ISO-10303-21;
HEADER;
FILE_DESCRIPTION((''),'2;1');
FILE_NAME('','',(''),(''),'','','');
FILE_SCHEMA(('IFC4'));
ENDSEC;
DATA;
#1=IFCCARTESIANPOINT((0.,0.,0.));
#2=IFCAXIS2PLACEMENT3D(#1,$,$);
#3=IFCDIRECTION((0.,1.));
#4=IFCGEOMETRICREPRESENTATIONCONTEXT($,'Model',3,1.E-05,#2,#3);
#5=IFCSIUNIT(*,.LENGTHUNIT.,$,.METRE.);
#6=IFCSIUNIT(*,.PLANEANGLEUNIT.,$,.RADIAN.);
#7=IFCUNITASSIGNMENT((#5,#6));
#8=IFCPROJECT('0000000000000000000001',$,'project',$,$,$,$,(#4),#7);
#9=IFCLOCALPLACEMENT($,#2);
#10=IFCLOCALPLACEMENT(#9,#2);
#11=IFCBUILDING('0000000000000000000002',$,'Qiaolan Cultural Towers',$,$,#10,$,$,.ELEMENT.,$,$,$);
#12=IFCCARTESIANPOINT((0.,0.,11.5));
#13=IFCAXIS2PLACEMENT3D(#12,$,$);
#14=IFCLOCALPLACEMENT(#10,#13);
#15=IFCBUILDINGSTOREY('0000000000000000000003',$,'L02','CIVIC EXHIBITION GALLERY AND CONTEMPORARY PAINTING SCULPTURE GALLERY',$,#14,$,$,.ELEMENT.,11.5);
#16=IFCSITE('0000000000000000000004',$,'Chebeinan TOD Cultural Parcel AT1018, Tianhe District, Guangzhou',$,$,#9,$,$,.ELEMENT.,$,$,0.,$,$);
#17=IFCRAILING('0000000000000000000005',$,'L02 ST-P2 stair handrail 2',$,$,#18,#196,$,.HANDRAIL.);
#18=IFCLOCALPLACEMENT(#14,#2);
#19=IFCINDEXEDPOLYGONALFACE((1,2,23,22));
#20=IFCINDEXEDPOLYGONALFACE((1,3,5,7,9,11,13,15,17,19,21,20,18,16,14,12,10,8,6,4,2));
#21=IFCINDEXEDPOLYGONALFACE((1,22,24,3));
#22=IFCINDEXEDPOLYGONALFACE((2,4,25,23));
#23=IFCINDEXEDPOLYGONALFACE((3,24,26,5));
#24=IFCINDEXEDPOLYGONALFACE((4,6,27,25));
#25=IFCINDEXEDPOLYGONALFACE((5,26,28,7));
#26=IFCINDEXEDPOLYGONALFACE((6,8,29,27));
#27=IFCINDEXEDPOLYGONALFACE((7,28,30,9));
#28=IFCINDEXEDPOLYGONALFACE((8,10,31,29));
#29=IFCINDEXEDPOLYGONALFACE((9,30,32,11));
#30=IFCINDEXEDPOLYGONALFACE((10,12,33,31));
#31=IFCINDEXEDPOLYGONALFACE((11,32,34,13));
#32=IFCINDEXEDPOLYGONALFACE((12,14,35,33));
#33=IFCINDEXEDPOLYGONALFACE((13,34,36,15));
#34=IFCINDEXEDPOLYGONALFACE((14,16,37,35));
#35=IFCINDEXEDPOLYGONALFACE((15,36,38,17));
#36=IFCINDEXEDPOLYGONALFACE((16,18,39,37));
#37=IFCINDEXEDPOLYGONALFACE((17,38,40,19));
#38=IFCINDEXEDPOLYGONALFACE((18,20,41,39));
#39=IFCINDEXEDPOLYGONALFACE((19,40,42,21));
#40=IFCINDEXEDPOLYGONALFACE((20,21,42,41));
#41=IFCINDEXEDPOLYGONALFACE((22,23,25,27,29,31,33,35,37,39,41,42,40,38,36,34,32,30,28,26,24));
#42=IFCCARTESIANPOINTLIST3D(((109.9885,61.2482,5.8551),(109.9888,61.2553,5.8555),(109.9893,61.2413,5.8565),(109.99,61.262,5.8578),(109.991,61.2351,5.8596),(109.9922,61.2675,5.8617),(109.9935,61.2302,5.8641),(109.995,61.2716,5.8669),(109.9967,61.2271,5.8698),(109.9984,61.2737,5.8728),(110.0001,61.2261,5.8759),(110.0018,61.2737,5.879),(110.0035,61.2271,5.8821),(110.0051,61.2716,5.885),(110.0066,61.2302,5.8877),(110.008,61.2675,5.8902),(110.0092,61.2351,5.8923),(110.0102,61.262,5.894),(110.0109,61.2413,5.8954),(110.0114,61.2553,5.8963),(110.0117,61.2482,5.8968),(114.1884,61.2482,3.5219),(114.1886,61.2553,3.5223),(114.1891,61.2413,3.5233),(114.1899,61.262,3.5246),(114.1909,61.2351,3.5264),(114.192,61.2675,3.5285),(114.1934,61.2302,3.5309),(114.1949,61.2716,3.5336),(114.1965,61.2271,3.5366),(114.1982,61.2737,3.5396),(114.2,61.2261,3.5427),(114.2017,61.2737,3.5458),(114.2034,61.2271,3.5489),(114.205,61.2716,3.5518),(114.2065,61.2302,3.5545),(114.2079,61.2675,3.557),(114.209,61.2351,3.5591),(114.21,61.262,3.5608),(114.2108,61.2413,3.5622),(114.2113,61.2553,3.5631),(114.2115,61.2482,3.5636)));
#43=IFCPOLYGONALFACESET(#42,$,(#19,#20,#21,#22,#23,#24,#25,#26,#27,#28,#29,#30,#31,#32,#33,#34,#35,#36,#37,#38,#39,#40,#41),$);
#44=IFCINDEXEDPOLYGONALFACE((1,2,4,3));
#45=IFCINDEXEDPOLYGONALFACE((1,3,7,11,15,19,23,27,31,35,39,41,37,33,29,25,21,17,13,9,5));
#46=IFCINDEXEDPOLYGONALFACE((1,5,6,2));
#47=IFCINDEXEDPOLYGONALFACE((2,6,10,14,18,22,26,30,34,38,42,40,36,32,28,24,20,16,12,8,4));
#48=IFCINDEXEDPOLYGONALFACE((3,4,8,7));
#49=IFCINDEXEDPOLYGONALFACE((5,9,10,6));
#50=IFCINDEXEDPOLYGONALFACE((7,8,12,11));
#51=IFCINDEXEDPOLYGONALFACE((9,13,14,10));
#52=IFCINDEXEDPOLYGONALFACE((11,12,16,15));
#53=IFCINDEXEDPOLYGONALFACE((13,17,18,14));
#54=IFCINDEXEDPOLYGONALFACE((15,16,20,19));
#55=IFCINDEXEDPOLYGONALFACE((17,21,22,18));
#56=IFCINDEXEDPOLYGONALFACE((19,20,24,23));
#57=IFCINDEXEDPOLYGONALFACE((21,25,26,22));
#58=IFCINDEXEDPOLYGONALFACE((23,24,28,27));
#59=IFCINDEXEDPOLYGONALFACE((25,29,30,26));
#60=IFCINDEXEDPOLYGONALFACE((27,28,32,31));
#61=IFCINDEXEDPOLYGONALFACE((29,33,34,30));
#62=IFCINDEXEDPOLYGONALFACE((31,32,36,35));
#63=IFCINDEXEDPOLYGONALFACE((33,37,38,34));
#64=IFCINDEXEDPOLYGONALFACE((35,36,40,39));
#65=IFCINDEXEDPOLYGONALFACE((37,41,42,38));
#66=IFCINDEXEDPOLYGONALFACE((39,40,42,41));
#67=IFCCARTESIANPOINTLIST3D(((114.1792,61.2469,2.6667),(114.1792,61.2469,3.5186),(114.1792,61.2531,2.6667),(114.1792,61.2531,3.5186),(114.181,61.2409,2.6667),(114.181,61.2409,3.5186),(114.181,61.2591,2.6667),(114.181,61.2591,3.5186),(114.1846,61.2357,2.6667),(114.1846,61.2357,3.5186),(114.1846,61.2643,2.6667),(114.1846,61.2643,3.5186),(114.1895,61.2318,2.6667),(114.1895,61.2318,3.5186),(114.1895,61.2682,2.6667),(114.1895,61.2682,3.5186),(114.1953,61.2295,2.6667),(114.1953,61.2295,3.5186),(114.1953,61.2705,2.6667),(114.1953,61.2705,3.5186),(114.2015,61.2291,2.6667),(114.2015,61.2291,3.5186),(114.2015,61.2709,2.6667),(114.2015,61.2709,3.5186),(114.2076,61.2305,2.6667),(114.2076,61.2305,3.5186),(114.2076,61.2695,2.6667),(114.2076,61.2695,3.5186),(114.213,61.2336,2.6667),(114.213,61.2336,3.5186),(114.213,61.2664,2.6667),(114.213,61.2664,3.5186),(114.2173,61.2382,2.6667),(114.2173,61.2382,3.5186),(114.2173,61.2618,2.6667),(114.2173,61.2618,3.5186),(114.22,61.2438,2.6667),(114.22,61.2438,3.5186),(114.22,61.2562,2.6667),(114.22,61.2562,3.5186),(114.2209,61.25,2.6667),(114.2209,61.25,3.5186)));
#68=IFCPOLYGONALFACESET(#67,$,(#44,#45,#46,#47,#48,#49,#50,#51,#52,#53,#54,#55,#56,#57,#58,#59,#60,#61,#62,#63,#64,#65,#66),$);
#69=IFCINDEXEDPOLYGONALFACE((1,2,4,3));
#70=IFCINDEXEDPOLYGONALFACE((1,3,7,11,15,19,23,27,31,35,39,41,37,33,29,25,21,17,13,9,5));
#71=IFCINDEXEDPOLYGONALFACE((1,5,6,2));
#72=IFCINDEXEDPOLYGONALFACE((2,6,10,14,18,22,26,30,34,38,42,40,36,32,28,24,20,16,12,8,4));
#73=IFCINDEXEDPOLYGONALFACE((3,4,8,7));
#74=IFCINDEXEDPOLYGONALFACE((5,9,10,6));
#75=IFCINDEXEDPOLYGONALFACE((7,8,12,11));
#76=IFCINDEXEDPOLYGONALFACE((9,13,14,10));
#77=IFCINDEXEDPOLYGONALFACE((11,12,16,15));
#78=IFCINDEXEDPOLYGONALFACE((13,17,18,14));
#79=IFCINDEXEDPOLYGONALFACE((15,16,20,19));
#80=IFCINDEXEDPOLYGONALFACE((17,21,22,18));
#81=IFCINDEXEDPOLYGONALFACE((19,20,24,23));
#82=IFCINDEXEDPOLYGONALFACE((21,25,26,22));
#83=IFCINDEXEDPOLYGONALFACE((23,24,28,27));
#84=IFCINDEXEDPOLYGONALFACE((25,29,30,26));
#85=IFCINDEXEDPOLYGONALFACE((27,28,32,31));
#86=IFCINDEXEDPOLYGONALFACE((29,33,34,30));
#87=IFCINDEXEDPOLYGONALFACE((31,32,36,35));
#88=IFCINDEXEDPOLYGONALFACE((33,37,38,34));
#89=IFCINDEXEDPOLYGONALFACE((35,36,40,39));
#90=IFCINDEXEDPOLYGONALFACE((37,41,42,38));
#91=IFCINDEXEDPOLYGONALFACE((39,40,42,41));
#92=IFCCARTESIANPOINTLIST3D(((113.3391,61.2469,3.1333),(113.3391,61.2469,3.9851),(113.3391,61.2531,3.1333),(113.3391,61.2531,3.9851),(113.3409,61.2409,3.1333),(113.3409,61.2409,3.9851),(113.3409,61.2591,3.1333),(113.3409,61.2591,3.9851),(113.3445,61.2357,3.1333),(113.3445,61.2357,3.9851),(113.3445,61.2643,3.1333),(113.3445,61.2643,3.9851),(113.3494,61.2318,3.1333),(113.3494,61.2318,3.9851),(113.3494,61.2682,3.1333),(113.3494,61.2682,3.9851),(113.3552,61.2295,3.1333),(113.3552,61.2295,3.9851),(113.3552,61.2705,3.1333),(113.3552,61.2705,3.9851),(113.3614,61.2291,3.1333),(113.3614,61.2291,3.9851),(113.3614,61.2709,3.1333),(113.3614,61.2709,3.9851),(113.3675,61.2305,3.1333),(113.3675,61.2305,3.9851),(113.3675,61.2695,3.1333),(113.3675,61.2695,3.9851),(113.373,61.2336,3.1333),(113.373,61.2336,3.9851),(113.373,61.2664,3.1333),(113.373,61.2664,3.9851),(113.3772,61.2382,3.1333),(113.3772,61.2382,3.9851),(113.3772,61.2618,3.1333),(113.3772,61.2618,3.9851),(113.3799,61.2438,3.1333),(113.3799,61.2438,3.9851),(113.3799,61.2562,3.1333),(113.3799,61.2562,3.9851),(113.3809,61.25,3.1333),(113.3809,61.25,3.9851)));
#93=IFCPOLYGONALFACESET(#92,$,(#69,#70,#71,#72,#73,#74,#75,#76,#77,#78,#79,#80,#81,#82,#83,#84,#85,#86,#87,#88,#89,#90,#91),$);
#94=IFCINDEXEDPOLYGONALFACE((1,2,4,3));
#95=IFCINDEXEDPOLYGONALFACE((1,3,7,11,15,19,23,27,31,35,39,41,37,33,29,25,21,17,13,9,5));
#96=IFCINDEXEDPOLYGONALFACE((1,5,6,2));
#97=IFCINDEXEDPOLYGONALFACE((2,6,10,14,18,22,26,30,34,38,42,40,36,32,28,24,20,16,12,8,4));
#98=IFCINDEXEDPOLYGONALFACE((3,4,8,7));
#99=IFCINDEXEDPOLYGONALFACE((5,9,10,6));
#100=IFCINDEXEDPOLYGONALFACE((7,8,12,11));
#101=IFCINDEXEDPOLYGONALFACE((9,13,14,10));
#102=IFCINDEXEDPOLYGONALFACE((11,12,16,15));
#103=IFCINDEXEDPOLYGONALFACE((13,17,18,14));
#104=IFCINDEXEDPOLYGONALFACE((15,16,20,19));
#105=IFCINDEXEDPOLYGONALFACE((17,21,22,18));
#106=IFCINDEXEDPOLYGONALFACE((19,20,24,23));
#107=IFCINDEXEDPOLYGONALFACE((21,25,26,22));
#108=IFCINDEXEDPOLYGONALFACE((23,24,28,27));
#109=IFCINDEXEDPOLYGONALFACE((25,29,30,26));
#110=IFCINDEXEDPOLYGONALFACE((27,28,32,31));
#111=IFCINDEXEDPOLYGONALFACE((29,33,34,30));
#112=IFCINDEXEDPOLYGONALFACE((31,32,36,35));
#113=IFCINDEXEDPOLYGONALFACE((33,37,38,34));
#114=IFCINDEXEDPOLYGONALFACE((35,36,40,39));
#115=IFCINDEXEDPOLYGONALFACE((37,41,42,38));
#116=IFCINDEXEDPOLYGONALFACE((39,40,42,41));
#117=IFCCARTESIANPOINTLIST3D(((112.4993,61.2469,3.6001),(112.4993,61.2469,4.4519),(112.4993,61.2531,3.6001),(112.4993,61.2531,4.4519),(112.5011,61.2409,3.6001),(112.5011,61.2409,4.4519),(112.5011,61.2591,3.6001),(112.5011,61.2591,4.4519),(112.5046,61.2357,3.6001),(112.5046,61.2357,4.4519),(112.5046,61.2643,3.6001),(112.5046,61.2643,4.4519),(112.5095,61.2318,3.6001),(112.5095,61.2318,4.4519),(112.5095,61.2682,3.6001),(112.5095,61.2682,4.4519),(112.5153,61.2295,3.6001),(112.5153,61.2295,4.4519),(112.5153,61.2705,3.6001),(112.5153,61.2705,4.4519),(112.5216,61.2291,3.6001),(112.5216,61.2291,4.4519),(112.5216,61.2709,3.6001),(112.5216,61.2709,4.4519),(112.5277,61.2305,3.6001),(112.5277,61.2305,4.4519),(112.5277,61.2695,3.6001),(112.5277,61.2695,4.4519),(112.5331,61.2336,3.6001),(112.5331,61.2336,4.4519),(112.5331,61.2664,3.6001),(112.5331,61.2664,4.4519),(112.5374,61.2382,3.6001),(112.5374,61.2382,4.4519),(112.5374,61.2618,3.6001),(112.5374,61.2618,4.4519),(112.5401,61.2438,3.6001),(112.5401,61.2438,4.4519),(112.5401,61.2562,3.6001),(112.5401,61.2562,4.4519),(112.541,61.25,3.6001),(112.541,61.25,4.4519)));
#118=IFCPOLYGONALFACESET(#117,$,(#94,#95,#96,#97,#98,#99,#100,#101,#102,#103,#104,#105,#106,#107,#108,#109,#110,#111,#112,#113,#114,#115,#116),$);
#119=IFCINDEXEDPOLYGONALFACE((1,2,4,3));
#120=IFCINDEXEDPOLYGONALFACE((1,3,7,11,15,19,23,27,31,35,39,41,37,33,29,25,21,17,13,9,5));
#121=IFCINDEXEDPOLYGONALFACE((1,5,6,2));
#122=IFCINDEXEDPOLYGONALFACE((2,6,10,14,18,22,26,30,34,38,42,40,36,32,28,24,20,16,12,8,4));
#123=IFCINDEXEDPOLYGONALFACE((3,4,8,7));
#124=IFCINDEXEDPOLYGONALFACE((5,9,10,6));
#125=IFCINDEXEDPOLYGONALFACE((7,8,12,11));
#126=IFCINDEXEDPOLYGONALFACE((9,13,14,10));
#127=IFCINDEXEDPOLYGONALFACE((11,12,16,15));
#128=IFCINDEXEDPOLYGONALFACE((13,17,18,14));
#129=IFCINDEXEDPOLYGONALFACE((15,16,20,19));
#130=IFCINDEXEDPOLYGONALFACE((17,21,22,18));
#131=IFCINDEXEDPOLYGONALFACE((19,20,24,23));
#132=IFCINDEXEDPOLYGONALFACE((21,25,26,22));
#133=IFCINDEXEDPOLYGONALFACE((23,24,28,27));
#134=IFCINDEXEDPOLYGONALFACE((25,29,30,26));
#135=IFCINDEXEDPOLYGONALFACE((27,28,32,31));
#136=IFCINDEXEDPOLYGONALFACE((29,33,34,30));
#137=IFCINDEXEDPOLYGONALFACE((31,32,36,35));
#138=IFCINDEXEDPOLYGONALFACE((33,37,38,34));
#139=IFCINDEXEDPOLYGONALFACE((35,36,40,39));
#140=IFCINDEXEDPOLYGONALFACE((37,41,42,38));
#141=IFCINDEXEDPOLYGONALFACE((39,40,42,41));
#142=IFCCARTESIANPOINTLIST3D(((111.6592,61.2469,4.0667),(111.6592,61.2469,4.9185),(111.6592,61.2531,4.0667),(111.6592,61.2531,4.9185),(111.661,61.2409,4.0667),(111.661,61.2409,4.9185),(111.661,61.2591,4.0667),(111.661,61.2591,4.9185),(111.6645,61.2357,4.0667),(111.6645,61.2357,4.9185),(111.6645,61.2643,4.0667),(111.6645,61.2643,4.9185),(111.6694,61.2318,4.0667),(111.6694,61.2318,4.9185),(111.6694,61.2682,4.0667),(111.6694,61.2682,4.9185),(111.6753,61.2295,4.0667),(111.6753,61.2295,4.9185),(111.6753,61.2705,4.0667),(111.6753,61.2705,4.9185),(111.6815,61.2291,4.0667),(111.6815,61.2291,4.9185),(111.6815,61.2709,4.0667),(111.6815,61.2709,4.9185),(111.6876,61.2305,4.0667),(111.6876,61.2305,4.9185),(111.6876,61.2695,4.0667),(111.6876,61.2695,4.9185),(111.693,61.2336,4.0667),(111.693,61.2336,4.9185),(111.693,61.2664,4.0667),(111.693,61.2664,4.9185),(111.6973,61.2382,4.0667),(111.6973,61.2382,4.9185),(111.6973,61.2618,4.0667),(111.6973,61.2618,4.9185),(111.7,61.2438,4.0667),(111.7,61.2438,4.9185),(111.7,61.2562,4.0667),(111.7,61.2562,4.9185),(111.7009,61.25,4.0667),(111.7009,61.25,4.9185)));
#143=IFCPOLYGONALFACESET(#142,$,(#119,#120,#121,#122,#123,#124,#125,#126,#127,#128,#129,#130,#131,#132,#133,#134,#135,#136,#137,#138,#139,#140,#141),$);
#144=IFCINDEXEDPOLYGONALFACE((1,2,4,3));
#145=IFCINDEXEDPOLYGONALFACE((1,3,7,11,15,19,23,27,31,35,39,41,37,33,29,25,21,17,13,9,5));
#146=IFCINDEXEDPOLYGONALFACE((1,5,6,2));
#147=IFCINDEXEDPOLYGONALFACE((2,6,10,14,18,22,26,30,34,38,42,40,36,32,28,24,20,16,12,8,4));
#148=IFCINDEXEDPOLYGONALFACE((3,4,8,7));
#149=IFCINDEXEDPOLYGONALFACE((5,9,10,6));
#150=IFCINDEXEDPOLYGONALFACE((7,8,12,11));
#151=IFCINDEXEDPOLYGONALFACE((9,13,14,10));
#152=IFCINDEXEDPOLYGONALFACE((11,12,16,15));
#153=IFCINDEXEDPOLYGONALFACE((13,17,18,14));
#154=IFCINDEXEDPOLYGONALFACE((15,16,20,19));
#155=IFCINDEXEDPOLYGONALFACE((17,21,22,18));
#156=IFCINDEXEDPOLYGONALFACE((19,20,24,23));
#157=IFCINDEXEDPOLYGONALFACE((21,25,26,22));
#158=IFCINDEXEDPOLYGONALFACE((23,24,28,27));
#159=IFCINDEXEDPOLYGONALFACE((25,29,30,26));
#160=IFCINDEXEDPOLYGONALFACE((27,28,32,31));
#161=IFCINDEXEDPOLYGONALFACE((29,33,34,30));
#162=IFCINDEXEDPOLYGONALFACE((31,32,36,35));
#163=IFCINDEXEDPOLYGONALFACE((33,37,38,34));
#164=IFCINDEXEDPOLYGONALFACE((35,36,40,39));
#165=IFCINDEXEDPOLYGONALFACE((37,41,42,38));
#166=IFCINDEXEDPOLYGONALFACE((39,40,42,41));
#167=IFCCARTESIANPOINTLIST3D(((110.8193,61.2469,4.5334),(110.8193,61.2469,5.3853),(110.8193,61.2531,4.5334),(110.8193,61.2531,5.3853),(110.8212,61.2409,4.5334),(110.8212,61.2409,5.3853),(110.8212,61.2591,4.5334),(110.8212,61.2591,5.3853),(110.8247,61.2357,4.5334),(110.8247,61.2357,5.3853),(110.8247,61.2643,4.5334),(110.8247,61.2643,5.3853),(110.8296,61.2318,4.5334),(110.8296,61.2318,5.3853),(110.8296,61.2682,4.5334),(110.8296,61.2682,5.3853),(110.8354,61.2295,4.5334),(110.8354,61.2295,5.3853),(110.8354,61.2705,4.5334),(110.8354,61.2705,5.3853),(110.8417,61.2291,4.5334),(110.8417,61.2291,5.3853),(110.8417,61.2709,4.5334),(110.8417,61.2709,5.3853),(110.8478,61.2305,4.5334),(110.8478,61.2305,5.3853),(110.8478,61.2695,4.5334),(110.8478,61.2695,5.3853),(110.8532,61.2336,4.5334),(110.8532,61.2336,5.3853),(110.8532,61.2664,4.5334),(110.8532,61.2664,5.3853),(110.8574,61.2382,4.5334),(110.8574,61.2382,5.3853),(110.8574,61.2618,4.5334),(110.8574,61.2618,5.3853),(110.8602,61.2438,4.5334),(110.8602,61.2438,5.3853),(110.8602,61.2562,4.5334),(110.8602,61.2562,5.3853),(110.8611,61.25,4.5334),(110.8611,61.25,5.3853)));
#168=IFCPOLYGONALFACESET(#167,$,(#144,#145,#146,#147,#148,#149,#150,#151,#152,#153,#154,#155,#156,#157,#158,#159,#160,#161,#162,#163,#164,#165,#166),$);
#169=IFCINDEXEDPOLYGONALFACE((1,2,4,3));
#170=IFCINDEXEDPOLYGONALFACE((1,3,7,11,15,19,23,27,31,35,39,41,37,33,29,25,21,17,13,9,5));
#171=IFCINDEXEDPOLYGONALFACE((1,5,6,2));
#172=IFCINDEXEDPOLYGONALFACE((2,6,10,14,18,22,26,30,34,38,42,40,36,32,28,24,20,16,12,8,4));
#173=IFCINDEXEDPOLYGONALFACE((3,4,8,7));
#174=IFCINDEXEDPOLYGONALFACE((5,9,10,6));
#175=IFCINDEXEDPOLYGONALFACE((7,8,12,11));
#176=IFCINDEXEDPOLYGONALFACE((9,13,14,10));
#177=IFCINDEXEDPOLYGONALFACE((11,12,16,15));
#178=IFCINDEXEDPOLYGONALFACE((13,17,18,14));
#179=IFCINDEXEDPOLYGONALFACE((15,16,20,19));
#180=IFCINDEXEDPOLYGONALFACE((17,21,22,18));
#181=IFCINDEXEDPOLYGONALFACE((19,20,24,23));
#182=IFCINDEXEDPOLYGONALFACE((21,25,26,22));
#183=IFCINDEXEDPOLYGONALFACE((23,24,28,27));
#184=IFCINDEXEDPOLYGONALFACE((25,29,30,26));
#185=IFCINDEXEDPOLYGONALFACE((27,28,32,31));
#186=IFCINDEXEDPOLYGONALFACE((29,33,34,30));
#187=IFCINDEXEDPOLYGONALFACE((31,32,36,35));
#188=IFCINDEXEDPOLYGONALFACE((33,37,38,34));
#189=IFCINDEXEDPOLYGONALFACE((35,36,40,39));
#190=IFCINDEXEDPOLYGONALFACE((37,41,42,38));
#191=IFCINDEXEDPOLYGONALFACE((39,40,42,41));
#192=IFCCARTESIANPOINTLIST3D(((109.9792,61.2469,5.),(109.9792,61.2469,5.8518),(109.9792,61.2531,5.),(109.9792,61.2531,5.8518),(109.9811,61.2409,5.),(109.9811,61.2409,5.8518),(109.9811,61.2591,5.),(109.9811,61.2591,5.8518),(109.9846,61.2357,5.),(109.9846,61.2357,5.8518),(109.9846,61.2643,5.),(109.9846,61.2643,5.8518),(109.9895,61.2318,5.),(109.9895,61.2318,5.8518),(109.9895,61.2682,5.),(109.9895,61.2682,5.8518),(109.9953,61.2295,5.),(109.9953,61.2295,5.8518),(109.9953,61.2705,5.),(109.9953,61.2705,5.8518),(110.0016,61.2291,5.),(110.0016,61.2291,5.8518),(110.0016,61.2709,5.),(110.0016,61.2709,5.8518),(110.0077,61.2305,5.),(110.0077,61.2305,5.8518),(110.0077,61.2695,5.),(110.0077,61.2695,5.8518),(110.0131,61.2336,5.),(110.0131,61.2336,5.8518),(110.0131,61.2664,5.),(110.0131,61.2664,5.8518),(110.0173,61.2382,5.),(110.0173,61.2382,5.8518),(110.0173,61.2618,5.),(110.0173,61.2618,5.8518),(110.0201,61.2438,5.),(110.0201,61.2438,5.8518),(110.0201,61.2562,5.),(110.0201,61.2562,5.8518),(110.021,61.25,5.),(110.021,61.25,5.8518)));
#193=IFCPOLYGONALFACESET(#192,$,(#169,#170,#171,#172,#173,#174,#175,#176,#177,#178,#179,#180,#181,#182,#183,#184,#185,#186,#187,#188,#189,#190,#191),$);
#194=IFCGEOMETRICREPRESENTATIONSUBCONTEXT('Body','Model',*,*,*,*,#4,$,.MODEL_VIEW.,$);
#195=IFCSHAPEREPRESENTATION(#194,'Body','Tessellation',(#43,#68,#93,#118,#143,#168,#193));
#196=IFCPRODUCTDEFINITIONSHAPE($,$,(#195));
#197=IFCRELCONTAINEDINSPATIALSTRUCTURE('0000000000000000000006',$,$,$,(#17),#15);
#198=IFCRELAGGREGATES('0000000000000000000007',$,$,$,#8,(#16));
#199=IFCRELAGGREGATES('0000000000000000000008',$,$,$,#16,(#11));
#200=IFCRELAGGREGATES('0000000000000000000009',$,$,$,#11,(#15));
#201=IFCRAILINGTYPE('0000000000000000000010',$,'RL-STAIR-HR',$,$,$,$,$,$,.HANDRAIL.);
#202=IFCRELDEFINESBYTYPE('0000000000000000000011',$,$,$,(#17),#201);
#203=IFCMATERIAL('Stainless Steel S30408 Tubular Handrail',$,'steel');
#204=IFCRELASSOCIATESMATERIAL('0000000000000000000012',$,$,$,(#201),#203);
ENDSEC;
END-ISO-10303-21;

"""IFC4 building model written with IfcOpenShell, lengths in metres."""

from ifc_helpers import new_model, si_unit, direction, frame, origin, origin_2d, place, context, subcontext, project, spatial, circle, extrude, material, type_object, element, save


model = new_model("IFC4")

# Units and contexts
model_context = context("Model", 3, precision=1e-05, world=origin(), true_north=direction((0.0, 1.0)))
body_context = subcontext(model_context, "Body", "Model", "MODEL_VIEW")
ifc_project = project(units=[si_unit("LENGTHUNIT", "METRE"), si_unit("PLANEANGLEUNIT", "RADIAN")], contexts=[model_context])

# Site, building, storey
site_placement = place(None, origin())
site = spatial("IfcSite", under=ifc_project, at=site_placement, Name="Chebeinan TOD Cultural Parcel AT1018, Tianhe District, Guangzhou", CompositionType="ELEMENT", RefElevation=0.0)
building_placement = place(site_placement, origin())
building = spatial("IfcBuilding", under=site, at=building_placement, Name="Qiaolan Cultural Towers", CompositionType="ELEMENT")
storey_placement = place(building_placement, frame((0.0, 0.0, 11.5)))
storey = spatial("IfcBuildingStorey", under=building, at=storey_placement, Name="L02", Description="CIVIC EXHIBITION GALLERY AND CONTEMPORARY PAINTING SCULPTURE GALLERY", CompositionType="ELEMENT", Elevation=11.5)

# Railing
ifc_material_1 = material(Name="Stainless Steel S30408 Tubular Handrail", Category="steel")
railing_type_1 = type_object("IfcRailingType", Name="RL-STAIR-HR", PredefinedType="HANDRAIL", material=ifc_material_1)
railing_1_placement = place(storey_placement, frame((114.2, 61.25, 2.6667)))
element("IfcRailing", 1, at=railing_1_placement, inside=storey, type_object=railing_type_1, Name="L02 ST-P2 stair handrail 2", PredefinedType="HANDRAIL", context=body_context, shape_type="SweptSolid", body=[
    extrude(circle(Radius=0.0239, at=origin_2d()), frame((0.0, 0.0, 0.876), z_axis=(-0.874162, 0.0, 0.485634), x_axis=(0.0, -1.0, 0.0)), (0.0, 0.0, 1.0), 4.8044),
    extrude(circle(Radius=0.021, at=origin_2d()), origin(), (0.0, 0.0, 1.0), 0.8518),
    extrude(circle(Radius=0.021, at=origin_2d()), frame((-0.8401, 0.0, 0.4666)), (0.0, 0.0, 1.0), 0.8518),
    extrude(circle(Radius=0.021, at=origin_2d()), frame((-1.6799, 0.0, 0.9333)), (0.0, 0.0, 1.0), 0.8518),
    extrude(circle(Radius=0.021, at=origin_2d()), frame((-2.52, 0.0, 1.3999)), (0.0, 0.0, 1.0), 0.8518),
    extrude(circle(Radius=0.021, at=origin_2d()), frame((-3.3599, 0.0, 1.8667)), (0.0, 0.0, 1.0), 0.8518),
    extrude(circle(Radius=0.021, at=origin_2d()), frame((-4.2, 0.0, 2.3333)), (0.0, 0.0, 1.0), 0.8518),
])

save(model, "model.ifc")
